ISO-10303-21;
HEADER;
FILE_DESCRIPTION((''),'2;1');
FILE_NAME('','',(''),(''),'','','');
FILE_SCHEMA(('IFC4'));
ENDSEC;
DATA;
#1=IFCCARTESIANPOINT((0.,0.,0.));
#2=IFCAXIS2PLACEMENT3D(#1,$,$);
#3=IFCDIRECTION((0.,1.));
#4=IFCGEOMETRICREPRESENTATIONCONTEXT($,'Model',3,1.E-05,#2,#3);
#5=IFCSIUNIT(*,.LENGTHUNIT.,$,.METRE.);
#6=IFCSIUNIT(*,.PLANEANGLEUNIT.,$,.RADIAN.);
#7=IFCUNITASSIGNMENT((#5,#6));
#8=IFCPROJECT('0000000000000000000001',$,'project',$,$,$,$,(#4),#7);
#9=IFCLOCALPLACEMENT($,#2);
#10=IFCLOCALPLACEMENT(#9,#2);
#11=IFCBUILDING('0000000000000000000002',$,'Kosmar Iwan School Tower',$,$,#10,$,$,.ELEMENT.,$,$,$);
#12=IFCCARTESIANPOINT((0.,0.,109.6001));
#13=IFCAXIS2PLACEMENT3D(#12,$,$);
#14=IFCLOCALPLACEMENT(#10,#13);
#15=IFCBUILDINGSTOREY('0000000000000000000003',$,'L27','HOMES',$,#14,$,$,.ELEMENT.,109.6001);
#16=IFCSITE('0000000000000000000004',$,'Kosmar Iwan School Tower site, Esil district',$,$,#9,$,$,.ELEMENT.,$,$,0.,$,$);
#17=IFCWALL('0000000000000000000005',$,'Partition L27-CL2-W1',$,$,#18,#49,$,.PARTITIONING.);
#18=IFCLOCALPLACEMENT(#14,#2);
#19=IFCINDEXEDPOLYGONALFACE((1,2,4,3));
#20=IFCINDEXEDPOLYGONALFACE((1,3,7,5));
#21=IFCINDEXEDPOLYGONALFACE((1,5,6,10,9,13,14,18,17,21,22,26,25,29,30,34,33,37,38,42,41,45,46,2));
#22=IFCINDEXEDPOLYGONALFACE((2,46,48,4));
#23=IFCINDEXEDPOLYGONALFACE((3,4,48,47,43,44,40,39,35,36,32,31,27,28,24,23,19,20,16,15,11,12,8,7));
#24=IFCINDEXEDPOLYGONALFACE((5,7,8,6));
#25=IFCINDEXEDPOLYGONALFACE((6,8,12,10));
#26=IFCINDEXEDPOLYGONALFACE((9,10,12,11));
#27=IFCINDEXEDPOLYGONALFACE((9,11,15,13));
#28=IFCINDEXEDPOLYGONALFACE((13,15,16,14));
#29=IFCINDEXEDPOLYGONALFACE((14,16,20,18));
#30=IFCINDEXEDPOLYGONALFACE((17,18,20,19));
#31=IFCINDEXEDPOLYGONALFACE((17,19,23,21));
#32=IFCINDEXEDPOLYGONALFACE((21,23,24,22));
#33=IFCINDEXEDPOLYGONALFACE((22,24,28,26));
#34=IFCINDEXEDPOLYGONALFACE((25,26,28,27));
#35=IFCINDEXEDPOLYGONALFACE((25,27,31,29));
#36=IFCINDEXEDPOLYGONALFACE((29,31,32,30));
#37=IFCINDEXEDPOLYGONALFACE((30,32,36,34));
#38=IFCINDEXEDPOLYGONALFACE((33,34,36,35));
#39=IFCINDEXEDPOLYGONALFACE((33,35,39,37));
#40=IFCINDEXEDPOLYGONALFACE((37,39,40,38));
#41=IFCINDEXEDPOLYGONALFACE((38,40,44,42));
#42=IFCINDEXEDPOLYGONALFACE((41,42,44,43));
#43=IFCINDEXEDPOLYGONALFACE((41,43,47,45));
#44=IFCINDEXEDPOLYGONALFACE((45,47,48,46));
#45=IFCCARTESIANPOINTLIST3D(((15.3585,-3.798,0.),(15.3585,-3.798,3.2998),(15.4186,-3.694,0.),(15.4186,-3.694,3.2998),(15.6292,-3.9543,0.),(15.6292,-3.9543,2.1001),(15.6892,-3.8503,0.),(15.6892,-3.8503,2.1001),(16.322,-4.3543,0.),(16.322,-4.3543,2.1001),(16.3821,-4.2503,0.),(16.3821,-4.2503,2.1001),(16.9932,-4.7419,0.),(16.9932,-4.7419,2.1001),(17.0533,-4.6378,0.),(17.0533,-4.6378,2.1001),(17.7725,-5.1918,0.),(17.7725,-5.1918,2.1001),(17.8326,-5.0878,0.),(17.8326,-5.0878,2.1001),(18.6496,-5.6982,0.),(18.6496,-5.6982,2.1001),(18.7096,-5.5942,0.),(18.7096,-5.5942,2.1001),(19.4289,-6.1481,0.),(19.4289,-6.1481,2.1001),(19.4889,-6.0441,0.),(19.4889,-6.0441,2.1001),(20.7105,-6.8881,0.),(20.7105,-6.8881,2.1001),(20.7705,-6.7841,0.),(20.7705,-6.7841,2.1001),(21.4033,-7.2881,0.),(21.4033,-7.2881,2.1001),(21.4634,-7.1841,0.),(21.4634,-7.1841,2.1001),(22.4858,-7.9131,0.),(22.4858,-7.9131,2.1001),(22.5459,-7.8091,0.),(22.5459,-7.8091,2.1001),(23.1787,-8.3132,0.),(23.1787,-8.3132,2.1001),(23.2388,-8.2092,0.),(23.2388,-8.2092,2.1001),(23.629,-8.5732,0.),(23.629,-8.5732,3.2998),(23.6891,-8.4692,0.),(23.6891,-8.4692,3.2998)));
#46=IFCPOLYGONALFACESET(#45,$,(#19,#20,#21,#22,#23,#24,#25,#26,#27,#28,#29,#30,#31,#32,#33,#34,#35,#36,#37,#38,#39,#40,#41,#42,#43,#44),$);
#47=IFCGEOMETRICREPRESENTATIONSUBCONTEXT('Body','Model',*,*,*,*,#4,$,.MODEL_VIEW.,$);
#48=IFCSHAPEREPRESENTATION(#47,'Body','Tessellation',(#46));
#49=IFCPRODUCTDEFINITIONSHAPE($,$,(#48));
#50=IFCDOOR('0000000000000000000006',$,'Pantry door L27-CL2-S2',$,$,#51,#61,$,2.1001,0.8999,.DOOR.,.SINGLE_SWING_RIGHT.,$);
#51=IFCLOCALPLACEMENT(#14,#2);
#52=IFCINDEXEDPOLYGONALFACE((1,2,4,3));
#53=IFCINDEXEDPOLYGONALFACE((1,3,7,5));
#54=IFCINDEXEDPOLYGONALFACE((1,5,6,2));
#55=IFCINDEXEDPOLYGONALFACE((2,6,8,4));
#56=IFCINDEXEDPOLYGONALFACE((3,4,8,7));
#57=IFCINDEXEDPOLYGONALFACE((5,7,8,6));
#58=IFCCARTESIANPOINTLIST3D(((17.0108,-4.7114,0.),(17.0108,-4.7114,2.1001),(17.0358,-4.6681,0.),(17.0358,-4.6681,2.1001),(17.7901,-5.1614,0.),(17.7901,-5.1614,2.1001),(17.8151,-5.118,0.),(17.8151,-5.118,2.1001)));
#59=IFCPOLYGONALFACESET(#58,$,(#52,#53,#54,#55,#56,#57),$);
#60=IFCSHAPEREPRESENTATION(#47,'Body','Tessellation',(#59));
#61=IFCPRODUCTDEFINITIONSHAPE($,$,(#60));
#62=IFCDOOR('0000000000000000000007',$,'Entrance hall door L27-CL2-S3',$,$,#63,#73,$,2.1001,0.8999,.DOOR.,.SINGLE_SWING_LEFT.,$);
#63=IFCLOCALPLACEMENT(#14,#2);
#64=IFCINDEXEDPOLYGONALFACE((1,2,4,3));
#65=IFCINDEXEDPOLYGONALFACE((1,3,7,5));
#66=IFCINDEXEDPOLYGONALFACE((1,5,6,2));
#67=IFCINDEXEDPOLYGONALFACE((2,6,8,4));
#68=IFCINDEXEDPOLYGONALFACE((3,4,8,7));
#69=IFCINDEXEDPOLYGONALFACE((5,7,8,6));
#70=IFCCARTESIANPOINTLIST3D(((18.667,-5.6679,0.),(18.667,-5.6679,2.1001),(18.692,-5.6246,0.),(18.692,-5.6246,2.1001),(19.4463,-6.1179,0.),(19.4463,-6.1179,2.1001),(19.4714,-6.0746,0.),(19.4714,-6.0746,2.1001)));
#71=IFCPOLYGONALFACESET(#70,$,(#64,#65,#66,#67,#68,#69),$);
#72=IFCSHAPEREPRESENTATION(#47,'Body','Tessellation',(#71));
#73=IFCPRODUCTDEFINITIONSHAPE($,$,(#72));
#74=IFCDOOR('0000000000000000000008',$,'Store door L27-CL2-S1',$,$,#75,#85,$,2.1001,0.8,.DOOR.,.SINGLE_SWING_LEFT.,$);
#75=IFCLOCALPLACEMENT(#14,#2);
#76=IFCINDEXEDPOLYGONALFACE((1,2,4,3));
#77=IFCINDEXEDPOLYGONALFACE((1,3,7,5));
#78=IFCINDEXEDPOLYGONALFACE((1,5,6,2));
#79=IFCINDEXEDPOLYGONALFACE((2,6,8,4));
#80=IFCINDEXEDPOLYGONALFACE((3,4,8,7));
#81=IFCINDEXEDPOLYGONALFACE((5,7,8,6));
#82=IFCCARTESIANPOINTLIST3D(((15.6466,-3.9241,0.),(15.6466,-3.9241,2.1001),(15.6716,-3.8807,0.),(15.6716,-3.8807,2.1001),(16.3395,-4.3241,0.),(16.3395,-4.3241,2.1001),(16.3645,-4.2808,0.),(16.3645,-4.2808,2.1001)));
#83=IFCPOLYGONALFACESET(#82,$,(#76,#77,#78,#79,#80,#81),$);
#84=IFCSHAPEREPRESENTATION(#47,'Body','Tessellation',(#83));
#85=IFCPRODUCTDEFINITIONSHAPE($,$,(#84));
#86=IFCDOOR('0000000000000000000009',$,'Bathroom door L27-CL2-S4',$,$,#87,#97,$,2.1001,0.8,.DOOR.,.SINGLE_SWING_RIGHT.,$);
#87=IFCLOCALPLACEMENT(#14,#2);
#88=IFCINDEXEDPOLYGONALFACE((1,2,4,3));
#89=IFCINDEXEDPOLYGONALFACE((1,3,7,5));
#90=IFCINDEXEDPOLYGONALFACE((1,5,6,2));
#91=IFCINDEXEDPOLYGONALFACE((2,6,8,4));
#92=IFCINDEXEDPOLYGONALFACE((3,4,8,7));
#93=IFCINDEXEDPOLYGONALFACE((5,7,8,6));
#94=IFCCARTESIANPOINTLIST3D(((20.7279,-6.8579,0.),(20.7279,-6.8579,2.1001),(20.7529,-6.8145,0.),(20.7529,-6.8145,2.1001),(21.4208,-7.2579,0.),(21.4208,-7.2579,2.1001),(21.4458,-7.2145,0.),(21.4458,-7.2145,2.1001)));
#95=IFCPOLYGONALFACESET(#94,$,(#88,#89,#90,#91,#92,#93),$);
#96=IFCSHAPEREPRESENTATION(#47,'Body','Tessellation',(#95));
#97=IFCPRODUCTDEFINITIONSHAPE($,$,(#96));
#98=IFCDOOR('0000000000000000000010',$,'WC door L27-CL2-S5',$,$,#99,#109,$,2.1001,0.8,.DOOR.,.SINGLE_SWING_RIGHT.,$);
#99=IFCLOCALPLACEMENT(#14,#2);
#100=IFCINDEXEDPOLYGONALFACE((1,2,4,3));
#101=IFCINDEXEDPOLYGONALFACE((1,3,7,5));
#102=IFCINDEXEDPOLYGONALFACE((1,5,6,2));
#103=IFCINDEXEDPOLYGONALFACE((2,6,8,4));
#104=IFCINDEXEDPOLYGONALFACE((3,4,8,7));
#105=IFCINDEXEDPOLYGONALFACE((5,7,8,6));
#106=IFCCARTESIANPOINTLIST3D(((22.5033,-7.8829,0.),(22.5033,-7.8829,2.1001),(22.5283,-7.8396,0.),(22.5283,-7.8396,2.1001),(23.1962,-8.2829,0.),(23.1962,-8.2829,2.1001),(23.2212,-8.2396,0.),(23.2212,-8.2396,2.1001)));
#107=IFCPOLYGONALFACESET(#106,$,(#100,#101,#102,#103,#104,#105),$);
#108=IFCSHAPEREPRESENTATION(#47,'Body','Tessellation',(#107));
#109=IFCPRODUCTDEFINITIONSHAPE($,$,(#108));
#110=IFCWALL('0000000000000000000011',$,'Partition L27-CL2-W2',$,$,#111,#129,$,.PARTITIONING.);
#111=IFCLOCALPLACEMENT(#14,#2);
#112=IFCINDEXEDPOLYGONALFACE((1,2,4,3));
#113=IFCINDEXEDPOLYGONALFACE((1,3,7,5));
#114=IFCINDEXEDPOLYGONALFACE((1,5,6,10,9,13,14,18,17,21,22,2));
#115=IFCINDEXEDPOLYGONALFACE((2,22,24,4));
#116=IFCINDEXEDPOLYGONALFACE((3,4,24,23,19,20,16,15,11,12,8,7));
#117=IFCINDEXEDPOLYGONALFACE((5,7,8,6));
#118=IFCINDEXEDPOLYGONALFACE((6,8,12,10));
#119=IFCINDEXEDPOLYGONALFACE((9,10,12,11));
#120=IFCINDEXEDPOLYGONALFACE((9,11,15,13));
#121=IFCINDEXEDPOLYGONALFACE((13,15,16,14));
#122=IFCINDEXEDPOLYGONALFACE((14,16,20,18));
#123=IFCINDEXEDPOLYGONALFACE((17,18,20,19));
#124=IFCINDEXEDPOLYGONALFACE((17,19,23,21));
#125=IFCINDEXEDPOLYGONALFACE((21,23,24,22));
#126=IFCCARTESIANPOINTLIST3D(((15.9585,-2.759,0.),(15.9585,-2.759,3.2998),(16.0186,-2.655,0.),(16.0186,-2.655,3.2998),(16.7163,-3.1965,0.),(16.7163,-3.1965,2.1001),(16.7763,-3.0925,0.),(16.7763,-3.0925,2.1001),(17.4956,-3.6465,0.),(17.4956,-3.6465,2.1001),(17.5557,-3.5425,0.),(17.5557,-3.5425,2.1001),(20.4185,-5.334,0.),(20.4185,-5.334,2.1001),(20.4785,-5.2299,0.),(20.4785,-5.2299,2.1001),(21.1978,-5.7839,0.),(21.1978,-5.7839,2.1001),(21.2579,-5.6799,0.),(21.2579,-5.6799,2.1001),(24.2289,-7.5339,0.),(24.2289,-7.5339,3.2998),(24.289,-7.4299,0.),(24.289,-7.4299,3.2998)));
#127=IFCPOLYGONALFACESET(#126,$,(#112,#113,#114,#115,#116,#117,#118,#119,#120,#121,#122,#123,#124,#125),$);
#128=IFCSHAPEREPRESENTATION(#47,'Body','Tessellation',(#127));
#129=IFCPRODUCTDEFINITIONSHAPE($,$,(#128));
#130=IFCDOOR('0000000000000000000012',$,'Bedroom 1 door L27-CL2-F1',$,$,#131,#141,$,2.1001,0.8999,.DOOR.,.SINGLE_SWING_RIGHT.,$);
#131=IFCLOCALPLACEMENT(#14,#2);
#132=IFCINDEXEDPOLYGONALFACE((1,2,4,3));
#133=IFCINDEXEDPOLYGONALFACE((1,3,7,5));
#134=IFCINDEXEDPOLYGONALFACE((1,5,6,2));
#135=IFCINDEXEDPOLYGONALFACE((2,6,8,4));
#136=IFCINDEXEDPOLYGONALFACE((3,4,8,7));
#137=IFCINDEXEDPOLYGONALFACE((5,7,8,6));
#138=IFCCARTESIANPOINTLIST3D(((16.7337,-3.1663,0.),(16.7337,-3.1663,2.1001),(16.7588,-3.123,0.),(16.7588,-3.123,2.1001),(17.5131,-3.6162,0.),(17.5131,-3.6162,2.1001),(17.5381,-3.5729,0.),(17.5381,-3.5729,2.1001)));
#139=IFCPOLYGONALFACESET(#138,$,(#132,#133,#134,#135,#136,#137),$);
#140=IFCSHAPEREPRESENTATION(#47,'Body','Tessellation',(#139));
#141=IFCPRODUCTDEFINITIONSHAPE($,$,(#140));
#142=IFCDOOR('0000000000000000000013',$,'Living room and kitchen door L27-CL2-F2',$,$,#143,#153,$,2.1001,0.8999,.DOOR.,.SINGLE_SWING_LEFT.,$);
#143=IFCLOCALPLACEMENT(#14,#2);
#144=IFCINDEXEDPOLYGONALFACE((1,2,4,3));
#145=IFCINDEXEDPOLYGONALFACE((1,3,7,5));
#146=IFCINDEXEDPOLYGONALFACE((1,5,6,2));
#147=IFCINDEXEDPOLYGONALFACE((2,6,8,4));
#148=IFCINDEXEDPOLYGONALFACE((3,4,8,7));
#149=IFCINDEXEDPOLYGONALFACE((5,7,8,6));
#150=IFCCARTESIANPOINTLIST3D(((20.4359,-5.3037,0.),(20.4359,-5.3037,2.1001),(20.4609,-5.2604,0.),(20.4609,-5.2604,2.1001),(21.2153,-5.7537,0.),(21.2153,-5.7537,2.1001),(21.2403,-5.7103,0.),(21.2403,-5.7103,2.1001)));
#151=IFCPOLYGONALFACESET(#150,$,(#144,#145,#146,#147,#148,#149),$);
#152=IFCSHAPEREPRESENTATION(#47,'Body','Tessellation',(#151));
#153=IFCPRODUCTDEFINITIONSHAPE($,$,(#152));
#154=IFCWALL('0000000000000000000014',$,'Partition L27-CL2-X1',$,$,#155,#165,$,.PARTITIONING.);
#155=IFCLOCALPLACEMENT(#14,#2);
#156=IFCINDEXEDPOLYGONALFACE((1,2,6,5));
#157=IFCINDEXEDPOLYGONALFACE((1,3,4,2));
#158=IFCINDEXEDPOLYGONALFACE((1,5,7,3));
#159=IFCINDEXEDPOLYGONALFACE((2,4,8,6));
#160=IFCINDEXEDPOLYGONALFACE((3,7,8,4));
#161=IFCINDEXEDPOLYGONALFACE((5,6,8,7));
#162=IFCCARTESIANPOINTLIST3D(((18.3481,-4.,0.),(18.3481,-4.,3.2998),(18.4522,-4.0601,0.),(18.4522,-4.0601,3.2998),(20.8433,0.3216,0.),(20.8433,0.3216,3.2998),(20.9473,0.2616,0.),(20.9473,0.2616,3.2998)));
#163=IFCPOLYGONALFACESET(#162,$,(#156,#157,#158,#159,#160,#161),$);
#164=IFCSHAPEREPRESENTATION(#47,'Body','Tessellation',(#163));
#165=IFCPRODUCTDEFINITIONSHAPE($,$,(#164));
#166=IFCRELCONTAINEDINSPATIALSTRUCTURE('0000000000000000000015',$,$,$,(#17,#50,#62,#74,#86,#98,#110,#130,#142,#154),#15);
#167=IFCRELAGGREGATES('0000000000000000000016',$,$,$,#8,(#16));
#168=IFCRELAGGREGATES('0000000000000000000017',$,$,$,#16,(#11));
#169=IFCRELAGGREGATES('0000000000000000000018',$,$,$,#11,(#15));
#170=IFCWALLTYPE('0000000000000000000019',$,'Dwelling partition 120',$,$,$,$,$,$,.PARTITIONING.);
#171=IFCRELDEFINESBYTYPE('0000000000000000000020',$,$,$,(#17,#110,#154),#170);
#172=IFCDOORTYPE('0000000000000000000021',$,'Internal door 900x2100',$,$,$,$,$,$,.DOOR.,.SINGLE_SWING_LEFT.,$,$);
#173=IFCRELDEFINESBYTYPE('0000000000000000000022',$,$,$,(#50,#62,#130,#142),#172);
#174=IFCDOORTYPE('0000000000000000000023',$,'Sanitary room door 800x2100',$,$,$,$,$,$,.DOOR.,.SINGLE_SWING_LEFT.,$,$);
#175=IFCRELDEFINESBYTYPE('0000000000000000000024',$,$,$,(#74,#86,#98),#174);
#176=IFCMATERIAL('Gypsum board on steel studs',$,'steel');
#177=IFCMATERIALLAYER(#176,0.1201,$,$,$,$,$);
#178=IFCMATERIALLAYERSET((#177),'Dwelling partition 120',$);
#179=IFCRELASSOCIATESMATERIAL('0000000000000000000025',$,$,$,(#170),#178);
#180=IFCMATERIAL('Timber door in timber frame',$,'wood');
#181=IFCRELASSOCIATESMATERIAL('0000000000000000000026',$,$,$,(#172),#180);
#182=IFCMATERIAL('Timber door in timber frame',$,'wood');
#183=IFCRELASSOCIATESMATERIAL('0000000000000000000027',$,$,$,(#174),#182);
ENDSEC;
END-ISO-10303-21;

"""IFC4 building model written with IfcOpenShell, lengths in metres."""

from ifc_helpers import new_model, si_unit, direction, frame, frame_2d, origin, place, context, subcontext, project, spatial, rectangle, extrude, material, layer, layer_set, type_object, element, fill, save


model = new_model("IFC4")

# Units and contexts
model_context = context("Model", 3, precision=1e-05, world=origin(), true_north=direction((0.0, 1.0)))
body_context = subcontext(model_context, "Body", "Model", "MODEL_VIEW")
ifc_project = project(units=[si_unit("LENGTHUNIT", "METRE"), si_unit("PLANEANGLEUNIT", "RADIAN")], contexts=[model_context])

# Site, building, storey
site_placement = place(None, origin())
site = spatial("IfcSite", under=ifc_project, at=site_placement, Name="Kosmar Iwan School Tower site, Esil district", CompositionType="ELEMENT", RefElevation=0.0)
building_placement = place(site_placement, origin())
building = spatial("IfcBuilding", under=site, at=building_placement, Name="Kosmar Iwan School Tower", CompositionType="ELEMENT")
storey_placement = place(building_placement, frame((0.0, 0.0, 109.6001)))
storey = spatial("IfcBuildingStorey", under=building, at=storey_placement, Name="L27", Description="HOMES", CompositionType="ELEMENT", Elevation=109.6001)

# Walls, openings, doors
ifc_material_1 = material(Name="Gypsum board on steel studs", Category="steel")
ifc_layer_1 = layer(ifc_material_1, 0.1201)
ifc_layer_set_1 = layer_set([ifc_layer_1], Name="Dwelling partition 120")
wall_type_1 = type_object("IfcWallType", Name="Dwelling partition 120", PredefinedType="PARTITIONING", material=ifc_layer_set_1)
wall_1_placement = place(storey_placement, frame((15.3887, -3.7461, 0.0), z_axis=(0.0, 0.0, 1.0), x_axis=(0.866018, -0.500013, 0.0)))
wall_1 = element("IfcWall", 1, at=wall_1_placement, inside=storey, type_object=wall_type_1, Name="Partition L27-CL2-W1", PredefinedType="PARTITIONING", context=body_context, shape_type="SweptSolid", body=[
    extrude(rectangle(XDim=9.55, YDim=0.1201, at=frame_2d((4.7749, 0.0))), origin(), (0.0, 0.0, 1.0), 3.2998),
])
opening_1_placement = place(wall_1_placement, frame((0.3125, 0.0, 0.0)))
opening_1 = element("IfcOpeningElement", 2, at=opening_1_placement, cuts=wall_1, PredefinedType="OPENING", context=body_context, shape_type="SweptSolid", body=[
    extrude(rectangle(XDim=0.8, YDim=2.1001, at=frame_2d((0.3999, 1.05))), frame((0.0, 0.072, 0.0), z_axis=(0.0, -1.0, 0.0), x_axis=(1.0, 0.0, 0.0)), (0.0, 0.0, 1.0), 0.144),
])
opening_2_placement = place(wall_1_placement, frame((1.8875, 0.0, 0.0)))
opening_2 = element("IfcOpeningElement", 3, at=opening_2_placement, cuts=wall_1, PredefinedType="OPENING", context=body_context, shape_type="SweptSolid", body=[
    extrude(rectangle(XDim=0.8999, YDim=2.1001, at=frame_2d((0.45, 1.05))), frame((0.0, 0.072, 0.0), z_axis=(0.0, -1.0, 0.0), x_axis=(1.0, 0.0, 0.0)), (0.0, 0.0, 1.0), 0.144),
])
opening_3_placement = place(wall_1_placement, frame((3.8, 0.0, 0.0)))
opening_3 = element("IfcOpeningElement", 4, at=opening_3_placement, cuts=wall_1, PredefinedType="OPENING", context=body_context, shape_type="SweptSolid", body=[
    extrude(rectangle(XDim=0.8999, YDim=2.1001, at=frame_2d((0.45, 1.05))), frame((0.0, 0.072, 0.0), z_axis=(0.0, -1.0, 0.0), x_axis=(1.0, 0.0, 0.0)), (0.0, 0.0, 1.0), 0.144),
])
opening_4_placement = place(wall_1_placement, frame((6.1799, 0.0, 0.0)))
opening_4 = element("IfcOpeningElement", 5, at=opening_4_placement, cuts=wall_1, PredefinedType="OPENING", context=body_context, shape_type="SweptSolid", body=[
    extrude(rectangle(XDim=0.8, YDim=2.1001, at=frame_2d((0.3999, 1.05))), frame((0.0, 0.072, 0.0), z_axis=(0.0, -1.0, 0.0), x_axis=(1.0, 0.0, 0.0)), (0.0, 0.0, 1.0), 0.144),
])
opening_5_placement = place(wall_1_placement, frame((8.23, 0.0, 0.0)))
opening_5 = element("IfcOpeningElement", 6, at=opening_5_placement, cuts=wall_1, PredefinedType="OPENING", context=body_context, shape_type="SweptSolid", body=[
    extrude(rectangle(XDim=0.8, YDim=2.1001, at=frame_2d((0.3999, 1.05))), frame((0.0, 0.072, 0.0), z_axis=(0.0, -1.0, 0.0), x_axis=(1.0, 0.0, 0.0)), (0.0, 0.0, 1.0), 0.144),
])
ifc_material_2 = material(Name="Timber door in timber frame", Category="wood")
door_type_1 = type_object("IfcDoorType", Name="Internal door 900x2100", OperationType="SINGLE_SWING_LEFT", PredefinedType="DOOR", material=ifc_material_2)
door_1_placement = place(opening_2_placement, frame((0.8999, 0.0, 0.0), z_axis=(0.0, 0.0, 1.0), x_axis=(-1.0, 0.0, 0.0)))
door_1 = element("IfcDoor", 7, at=door_1_placement, inside=storey, type_object=door_type_1, Name="Pantry door L27-CL2-S2", OperationType="SINGLE_SWING_RIGHT", OverallHeight=2.1001, OverallWidth=0.8999, PredefinedType="DOOR", context=body_context, shape_type="SweptSolid", body=[
    extrude(rectangle(XDim=0.8999, YDim=2.1001, at=frame_2d((0.45, 1.05))), frame((0.0, 0.0249, 0.0), z_axis=(0.0, -1.0, 0.0), x_axis=(1.0, 0.0, 0.0)), (0.0, 0.0, 1.0), 0.05),
])
fill(opening_2, door_1)
door_2_placement = place(opening_3_placement, origin())
door_2 = element("IfcDoor", 8, at=door_2_placement, inside=storey, type_object=door_type_1, Name="Entrance hall door L27-CL2-S3", OperationType="SINGLE_SWING_LEFT", OverallHeight=2.1001, OverallWidth=0.8999, PredefinedType="DOOR", context=body_context, shape_type="SweptSolid", body=[
    extrude(rectangle(XDim=0.8999, YDim=2.1001, at=frame_2d((0.45, 1.05))), frame((0.0, 0.0249, 0.0), z_axis=(0.0, -1.0, 0.0), x_axis=(1.0, 0.0, 0.0)), (0.0, 0.0, 1.0), 0.05),
])
fill(opening_3, door_2)
ifc_material_3 = material(Name="Timber door in timber frame", Category="wood")
door_type_2 = type_object("IfcDoorType", Name="Sanitary room door 800x2100", OperationType="SINGLE_SWING_LEFT", PredefinedType="DOOR", material=ifc_material_3)
door_3_placement = place(opening_1_placement, origin())
door_3 = element("IfcDoor", 9, at=door_3_placement, inside=storey, type_object=door_type_2, Name="Store door L27-CL2-S1", OperationType="SINGLE_SWING_LEFT", OverallHeight=2.1001, OverallWidth=0.8, PredefinedType="DOOR", context=body_context, shape_type="SweptSolid", body=[
    extrude(rectangle(XDim=0.8, YDim=2.1001, at=frame_2d((0.3999, 1.05))), frame((0.0, 0.0249, 0.0), z_axis=(0.0, -1.0, 0.0), x_axis=(1.0, 0.0, 0.0)), (0.0, 0.0, 1.0), 0.05),
])
fill(opening_1, door_3)
door_4_placement = place(opening_4_placement, origin())
door_4 = element("IfcDoor", 10, at=door_4_placement, inside=storey, type_object=door_type_2, Name="Bathroom door L27-CL2-S4", OperationType="SINGLE_SWING_RIGHT", OverallHeight=2.1001, OverallWidth=0.8, PredefinedType="DOOR", context=body_context, shape_type="SweptSolid", body=[
    extrude(rectangle(XDim=0.8, YDim=2.1001, at=frame_2d((0.3999, 1.05))), frame((0.0, 0.0249, 0.0), z_axis=(0.0, -1.0, 0.0), x_axis=(1.0, 0.0, 0.0)), (0.0, 0.0, 1.0), 0.05),
])
fill(opening_4, door_4)
door_5_placement = place(opening_5_placement, origin())
door_5 = element("IfcDoor", 11, at=door_5_placement, inside=storey, type_object=door_type_2, Name="WC door L27-CL2-S5", OperationType="SINGLE_SWING_RIGHT", OverallHeight=2.1001, OverallWidth=0.8, PredefinedType="DOOR", context=body_context, shape_type="SweptSolid", body=[
    extrude(rectangle(XDim=0.8, YDim=2.1001, at=frame_2d((0.3999, 1.05))), frame((0.0, 0.0249, 0.0), z_axis=(0.0, -1.0, 0.0), x_axis=(1.0, 0.0, 0.0)), (0.0, 0.0, 1.0), 0.05),
])
fill(opening_5, door_5)
wall_2_placement = place(storey_placement, frame((15.9885, -2.707, 0.0), z_axis=(0.0, 0.0, 1.0), x_axis=(0.866029, -0.499994, 0.0)))
wall_2 = element("IfcWall", 12, at=wall_2_placement, inside=storey, type_object=wall_type_1, Name="Partition L27-CL2-W2", PredefinedType="PARTITIONING", context=body_context, shape_type="SweptSolid", body=[
    extrude(rectangle(XDim=9.5498, YDim=0.1201, at=frame_2d((4.7749, 0.0))), origin(), (0.0, 0.0, 1.0), 3.2998),
])
opening_6_placement = place(wall_2_placement, frame((0.875, 0.0, 0.0)))
opening_6 = element("IfcOpeningElement", 13, at=opening_6_placement, cuts=wall_2, PredefinedType="OPENING", context=body_context, shape_type="SweptSolid", body=[
    extrude(rectangle(XDim=0.8999, YDim=2.1001, at=frame_2d((0.45, 1.05))), frame((0.0, 0.072, 0.0), z_axis=(0.0, -1.0, 0.0), x_axis=(1.0, 0.0, 0.0)), (0.0, 0.0, 1.0), 0.144),
])
opening_7_placement = place(wall_2_placement, frame((5.1499, 0.0, 0.0)))
opening_7 = element("IfcOpeningElement", 14, at=opening_7_placement, cuts=wall_2, PredefinedType="OPENING", context=body_context, shape_type="SweptSolid", body=[
    extrude(rectangle(XDim=0.8999, YDim=2.1001, at=frame_2d((0.45, 1.05))), frame((0.0, 0.072, 0.0), z_axis=(0.0, -1.0, 0.0), x_axis=(1.0, 0.0, 0.0)), (0.0, 0.0, 1.0), 0.144),
])
door_6_placement = place(opening_6_placement, origin())
door_6 = element("IfcDoor", 15, at=door_6_placement, inside=storey, type_object=door_type_1, Name="Bedroom 1 door L27-CL2-F1", OperationType="SINGLE_SWING_RIGHT", OverallHeight=2.1001, OverallWidth=0.8999, PredefinedType="DOOR", context=body_context, shape_type="SweptSolid", body=[
    extrude(rectangle(XDim=0.8999, YDim=2.1001, at=frame_2d((0.45, 1.05))), frame((0.0, 0.0249, 0.0), z_axis=(0.0, -1.0, 0.0), x_axis=(1.0, 0.0, 0.0)), (0.0, 0.0, 1.0), 0.05),
])
fill(opening_6, door_6)
door_7_placement = place(opening_7_placement, origin())
door_7 = element("IfcDoor", 16, at=door_7_placement, inside=storey, type_object=door_type_1, Name="Living room and kitchen door L27-CL2-F2", OperationType="SINGLE_SWING_LEFT", OverallHeight=2.1001, OverallWidth=0.8999, PredefinedType="DOOR", context=body_context, shape_type="SweptSolid", body=[
    extrude(rectangle(XDim=0.8999, YDim=2.1001, at=frame_2d((0.45, 1.05))), frame((0.0, 0.0249, 0.0), z_axis=(0.0, -1.0, 0.0), x_axis=(1.0, 0.0, 0.0)), (0.0, 0.0, 1.0), 0.05),
])
fill(opening_7, door_7)

# Wall
wall_3_placement = place(storey_placement, frame((18.4001, -4.03, 0.0), z_axis=(0.0, 0.0, 1.0), x_axis=(0.500012, 0.866019, 0.0)))
element("IfcWall", 17, at=wall_3_placement, inside=storey, type_object=wall_type_1, Name="Partition L27-CL2-X1", PredefinedType="PARTITIONING", context=body_context, shape_type="SweptSolid", body=[
    extrude(rectangle(XDim=4.9902, YDim=0.1201, at=frame_2d((2.4951, 0.0))), origin(), (0.0, 0.0, 1.0), 3.2998),
])

save(model, "model.ifc")
